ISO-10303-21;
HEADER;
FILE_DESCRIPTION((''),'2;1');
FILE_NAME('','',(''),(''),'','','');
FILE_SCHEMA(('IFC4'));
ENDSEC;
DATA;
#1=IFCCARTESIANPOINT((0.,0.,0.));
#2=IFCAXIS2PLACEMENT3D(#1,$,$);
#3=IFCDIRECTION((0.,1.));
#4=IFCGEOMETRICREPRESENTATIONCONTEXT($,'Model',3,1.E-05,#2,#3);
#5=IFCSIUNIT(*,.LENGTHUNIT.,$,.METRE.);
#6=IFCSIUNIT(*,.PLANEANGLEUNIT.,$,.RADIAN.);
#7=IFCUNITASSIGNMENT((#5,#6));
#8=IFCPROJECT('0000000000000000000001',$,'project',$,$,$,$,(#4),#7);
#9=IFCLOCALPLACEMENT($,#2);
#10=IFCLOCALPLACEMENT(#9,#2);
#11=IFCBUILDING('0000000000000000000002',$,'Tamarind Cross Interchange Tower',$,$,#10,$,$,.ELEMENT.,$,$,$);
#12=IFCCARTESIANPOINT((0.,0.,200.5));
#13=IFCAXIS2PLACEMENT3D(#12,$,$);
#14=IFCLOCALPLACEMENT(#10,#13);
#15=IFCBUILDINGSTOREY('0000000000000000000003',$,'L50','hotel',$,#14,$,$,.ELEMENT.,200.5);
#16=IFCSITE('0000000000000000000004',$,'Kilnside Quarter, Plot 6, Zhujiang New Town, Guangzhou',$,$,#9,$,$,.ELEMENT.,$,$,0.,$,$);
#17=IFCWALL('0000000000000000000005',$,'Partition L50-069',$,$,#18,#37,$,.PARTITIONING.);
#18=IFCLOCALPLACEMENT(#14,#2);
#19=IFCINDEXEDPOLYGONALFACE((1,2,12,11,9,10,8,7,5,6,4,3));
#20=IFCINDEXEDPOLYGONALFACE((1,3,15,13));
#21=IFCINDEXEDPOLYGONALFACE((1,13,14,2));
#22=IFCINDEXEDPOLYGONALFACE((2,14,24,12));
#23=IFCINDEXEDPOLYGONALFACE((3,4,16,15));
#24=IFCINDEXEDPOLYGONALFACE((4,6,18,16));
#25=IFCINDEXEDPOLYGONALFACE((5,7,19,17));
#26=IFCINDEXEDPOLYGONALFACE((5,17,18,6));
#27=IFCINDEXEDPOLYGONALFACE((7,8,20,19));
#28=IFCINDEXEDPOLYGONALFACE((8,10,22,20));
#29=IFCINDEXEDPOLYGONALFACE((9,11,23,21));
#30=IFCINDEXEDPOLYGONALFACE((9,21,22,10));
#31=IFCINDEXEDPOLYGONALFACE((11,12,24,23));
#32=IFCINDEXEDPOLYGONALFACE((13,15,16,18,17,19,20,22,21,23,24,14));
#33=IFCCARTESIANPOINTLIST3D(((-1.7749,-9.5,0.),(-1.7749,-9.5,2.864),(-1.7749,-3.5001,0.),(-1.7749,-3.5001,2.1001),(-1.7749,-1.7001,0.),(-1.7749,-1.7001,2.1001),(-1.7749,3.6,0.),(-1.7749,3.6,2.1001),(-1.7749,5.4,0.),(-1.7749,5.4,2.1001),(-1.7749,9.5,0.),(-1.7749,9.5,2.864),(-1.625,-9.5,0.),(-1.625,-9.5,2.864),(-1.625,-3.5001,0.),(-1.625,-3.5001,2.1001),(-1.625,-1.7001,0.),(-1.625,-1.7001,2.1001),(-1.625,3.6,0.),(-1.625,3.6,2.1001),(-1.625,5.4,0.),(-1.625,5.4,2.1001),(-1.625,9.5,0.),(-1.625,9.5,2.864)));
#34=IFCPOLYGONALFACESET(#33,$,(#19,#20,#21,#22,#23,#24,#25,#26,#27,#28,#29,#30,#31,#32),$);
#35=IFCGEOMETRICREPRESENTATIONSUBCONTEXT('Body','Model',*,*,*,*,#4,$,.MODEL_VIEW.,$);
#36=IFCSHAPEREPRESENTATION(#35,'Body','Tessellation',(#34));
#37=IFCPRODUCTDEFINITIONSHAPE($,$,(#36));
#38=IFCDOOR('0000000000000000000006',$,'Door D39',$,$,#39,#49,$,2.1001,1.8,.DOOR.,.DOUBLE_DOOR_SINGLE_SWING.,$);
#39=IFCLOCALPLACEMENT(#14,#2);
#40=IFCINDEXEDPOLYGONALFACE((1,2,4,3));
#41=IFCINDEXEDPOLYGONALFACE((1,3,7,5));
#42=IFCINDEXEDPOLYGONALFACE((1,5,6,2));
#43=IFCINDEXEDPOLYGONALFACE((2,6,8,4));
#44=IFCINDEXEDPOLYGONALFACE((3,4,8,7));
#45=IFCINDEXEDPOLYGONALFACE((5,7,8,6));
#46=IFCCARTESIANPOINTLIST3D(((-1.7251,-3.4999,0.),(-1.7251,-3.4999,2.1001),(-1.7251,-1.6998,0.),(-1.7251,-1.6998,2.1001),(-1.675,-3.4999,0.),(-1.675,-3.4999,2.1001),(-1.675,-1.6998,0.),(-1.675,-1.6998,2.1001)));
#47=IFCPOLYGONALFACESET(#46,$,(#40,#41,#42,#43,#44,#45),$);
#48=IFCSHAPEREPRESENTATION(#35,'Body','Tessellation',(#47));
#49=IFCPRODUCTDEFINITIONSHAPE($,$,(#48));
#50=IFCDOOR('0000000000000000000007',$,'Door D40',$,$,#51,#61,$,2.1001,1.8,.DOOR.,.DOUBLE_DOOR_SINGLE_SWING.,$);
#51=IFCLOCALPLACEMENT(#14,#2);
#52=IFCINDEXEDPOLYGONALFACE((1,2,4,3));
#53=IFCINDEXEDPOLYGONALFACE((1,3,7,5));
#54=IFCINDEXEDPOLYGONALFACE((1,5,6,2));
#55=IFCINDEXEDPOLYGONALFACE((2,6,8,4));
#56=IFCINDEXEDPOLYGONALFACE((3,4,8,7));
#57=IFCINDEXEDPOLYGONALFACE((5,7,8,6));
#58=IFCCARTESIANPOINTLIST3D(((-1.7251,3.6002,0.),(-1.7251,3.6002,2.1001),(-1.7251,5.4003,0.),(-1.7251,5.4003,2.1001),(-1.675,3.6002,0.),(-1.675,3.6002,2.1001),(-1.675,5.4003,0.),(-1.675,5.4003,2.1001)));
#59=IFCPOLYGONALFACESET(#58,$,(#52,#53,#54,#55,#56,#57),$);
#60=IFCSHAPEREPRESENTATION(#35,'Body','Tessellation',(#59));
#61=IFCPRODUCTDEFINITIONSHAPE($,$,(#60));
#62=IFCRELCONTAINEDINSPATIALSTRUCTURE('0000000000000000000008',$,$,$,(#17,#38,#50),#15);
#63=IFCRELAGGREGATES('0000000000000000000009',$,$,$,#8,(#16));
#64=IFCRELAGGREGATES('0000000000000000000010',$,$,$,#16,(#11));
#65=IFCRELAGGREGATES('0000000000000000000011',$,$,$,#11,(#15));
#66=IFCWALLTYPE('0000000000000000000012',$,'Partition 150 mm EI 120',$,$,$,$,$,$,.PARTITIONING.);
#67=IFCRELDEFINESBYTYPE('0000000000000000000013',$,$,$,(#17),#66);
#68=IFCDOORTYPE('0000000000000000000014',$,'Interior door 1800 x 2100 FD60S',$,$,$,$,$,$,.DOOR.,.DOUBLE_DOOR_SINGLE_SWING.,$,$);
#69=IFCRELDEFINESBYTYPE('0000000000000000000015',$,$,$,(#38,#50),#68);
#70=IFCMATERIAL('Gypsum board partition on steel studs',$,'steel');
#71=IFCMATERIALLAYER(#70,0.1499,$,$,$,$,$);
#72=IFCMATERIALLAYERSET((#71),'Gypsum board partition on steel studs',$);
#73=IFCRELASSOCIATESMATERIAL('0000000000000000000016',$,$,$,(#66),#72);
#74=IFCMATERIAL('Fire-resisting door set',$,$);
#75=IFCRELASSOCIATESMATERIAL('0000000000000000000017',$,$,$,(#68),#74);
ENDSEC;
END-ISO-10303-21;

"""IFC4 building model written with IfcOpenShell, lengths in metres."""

from ifc_helpers import new_model, si_unit, direction, frame, frame_2d, origin, place, context, subcontext, project, spatial, rectangle, extrude, material, layer, layer_set, type_object, element, fill, save


model = new_model("IFC4")

# Units and contexts
model_context = context("Model", 3, precision=1e-05, world=origin(), true_north=direction((0.0, 1.0)))
body_context = subcontext(model_context, "Body", "Model", "MODEL_VIEW")
ifc_project = project(units=[si_unit("LENGTHUNIT", "METRE"), si_unit("PLANEANGLEUNIT", "RADIAN")], contexts=[model_context])

# Site, building, storey
site_placement = place(None, origin())
site = spatial("IfcSite", under=ifc_project, at=site_placement, Name="Kilnside Quarter, Plot 6, Zhujiang New Town, Guangzhou", CompositionType="ELEMENT", RefElevation=0.0)
building_placement = place(site_placement, origin())
building = spatial("IfcBuilding", under=site, at=building_placement, Name="Tamarind Cross Interchange Tower", CompositionType="ELEMENT")
storey_placement = place(building_placement, frame((0.0, 0.0, 200.5)))
storey = spatial("IfcBuildingStorey", under=building, at=storey_placement, Name="L50", Description="hotel", CompositionType="ELEMENT", Elevation=200.5)

# Shared definitions
ifc_material_1 = material(Name="Gypsum board partition on steel studs", Category="steel")
ifc_layer_1 = layer(ifc_material_1, 0.1499)
ifc_layer_set_1 = layer_set([ifc_layer_1], Name="Gypsum board partition on steel studs")
wall_type_1 = type_object("IfcWallType", Name="Partition 150 mm EI 120", PredefinedType="PARTITIONING", material=ifc_layer_set_1)

# Wall, openings, doors
wall_1_placement = place(storey_placement, frame((-1.7, -9.5, 0.0), z_axis=(0.0, 0.0, 1.0), x_axis=(0.0, 1.0, 0.0)))
wall_1 = element("IfcWall", 1, at=wall_1_placement, inside=storey, type_object=wall_type_1, Name="Partition L50-069", PredefinedType="PARTITIONING", context=body_context, shape_type="SweptSolid", body=[
    extrude(rectangle(XDim=19.0, YDim=0.1499, at=frame_2d((9.5, 0.0))), origin(), (0.0, 0.0, 1.0), 2.864),
])
opening_1_placement = place(wall_1_placement, frame((6.0, 0.0, 0.0)))
opening_1 = element("IfcOpeningElement", 2, at=opening_1_placement, cuts=wall_1, PredefinedType="OPENING", context=body_context, shape_type="SweptSolid", body=[
    extrude(rectangle(XDim=1.8, YDim=2.1001, at=frame_2d((0.8999, 1.05))), frame((0.0, 0.085, 0.0), z_axis=(0.0, -1.0, 0.0), x_axis=(1.0, 0.0, 0.0)), (0.0, 0.0, 1.0), 0.1699),
])
opening_2_placement = place(wall_1_placement, frame((13.1001, 0.0, 0.0)))
opening_2 = element("IfcOpeningElement", 3, at=opening_2_placement, cuts=wall_1, PredefinedType="OPENING", context=body_context, shape_type="SweptSolid", body=[
    extrude(rectangle(XDim=1.8, YDim=2.1001, at=frame_2d((0.8999, 1.05))), frame((0.0, 0.085, 0.0), z_axis=(0.0, -1.0, 0.0), x_axis=(1.0, 0.0, 0.0)), (0.0, 0.0, 1.0), 0.1699),
])
ifc_material_2 = material(Name="Fire-resisting door set")
door_type_1 = type_object("IfcDoorType", Name="Interior door 1800 x 2100 FD60S", OperationType="DOUBLE_DOOR_SINGLE_SWING", PredefinedType="DOOR", material=ifc_material_2)
door_1_placement = place(opening_1_placement, frame((1.8, 0.0, 0.0), z_axis=(0.0, 0.0, 1.0), x_axis=(-1.0, 0.0, 0.0)))
door_1 = element("IfcDoor", 4, at=door_1_placement, inside=storey, type_object=door_type_1, Name="Door D39", OperationType="DOUBLE_DOOR_SINGLE_SWING", OverallHeight=2.1001, OverallWidth=1.8, PredefinedType="DOOR", context=body_context, shape_type="SweptSolid", body=[
    extrude(rectangle(XDim=1.8, YDim=2.1001, at=frame_2d((0.8999, 1.05))), frame((0.0, 0.0249, 0.0), z_axis=(0.0, -1.0, 0.0), x_axis=(1.0, 0.0, 0.0)), (0.0, 0.0, 1.0), 0.05),
])
fill(opening_1, door_1)
door_2_placement = place(opening_2_placement, frame((1.8, 0.0, 0.0), z_axis=(0.0, 0.0, 1.0), x_axis=(-1.0, 0.0, 0.0)))
door_2 = element("IfcDoor", 5, at=door_2_placement, inside=storey, type_object=door_type_1, Name="Door D40", OperationType="DOUBLE_DOOR_SINGLE_SWING", OverallHeight=2.1001, OverallWidth=1.8, PredefinedType="DOOR", context=body_context, shape_type="SweptSolid", body=[
    extrude(rectangle(XDim=1.8, YDim=2.1001, at=frame_2d((0.8999, 1.05))), frame((0.0, 0.0249, 0.0), z_axis=(0.0, -1.0, 0.0), x_axis=(1.0, 0.0, 0.0)), (0.0, 0.0, 1.0), 0.05),
])
fill(opening_2, door_2)

save(model, "model.ifc")
